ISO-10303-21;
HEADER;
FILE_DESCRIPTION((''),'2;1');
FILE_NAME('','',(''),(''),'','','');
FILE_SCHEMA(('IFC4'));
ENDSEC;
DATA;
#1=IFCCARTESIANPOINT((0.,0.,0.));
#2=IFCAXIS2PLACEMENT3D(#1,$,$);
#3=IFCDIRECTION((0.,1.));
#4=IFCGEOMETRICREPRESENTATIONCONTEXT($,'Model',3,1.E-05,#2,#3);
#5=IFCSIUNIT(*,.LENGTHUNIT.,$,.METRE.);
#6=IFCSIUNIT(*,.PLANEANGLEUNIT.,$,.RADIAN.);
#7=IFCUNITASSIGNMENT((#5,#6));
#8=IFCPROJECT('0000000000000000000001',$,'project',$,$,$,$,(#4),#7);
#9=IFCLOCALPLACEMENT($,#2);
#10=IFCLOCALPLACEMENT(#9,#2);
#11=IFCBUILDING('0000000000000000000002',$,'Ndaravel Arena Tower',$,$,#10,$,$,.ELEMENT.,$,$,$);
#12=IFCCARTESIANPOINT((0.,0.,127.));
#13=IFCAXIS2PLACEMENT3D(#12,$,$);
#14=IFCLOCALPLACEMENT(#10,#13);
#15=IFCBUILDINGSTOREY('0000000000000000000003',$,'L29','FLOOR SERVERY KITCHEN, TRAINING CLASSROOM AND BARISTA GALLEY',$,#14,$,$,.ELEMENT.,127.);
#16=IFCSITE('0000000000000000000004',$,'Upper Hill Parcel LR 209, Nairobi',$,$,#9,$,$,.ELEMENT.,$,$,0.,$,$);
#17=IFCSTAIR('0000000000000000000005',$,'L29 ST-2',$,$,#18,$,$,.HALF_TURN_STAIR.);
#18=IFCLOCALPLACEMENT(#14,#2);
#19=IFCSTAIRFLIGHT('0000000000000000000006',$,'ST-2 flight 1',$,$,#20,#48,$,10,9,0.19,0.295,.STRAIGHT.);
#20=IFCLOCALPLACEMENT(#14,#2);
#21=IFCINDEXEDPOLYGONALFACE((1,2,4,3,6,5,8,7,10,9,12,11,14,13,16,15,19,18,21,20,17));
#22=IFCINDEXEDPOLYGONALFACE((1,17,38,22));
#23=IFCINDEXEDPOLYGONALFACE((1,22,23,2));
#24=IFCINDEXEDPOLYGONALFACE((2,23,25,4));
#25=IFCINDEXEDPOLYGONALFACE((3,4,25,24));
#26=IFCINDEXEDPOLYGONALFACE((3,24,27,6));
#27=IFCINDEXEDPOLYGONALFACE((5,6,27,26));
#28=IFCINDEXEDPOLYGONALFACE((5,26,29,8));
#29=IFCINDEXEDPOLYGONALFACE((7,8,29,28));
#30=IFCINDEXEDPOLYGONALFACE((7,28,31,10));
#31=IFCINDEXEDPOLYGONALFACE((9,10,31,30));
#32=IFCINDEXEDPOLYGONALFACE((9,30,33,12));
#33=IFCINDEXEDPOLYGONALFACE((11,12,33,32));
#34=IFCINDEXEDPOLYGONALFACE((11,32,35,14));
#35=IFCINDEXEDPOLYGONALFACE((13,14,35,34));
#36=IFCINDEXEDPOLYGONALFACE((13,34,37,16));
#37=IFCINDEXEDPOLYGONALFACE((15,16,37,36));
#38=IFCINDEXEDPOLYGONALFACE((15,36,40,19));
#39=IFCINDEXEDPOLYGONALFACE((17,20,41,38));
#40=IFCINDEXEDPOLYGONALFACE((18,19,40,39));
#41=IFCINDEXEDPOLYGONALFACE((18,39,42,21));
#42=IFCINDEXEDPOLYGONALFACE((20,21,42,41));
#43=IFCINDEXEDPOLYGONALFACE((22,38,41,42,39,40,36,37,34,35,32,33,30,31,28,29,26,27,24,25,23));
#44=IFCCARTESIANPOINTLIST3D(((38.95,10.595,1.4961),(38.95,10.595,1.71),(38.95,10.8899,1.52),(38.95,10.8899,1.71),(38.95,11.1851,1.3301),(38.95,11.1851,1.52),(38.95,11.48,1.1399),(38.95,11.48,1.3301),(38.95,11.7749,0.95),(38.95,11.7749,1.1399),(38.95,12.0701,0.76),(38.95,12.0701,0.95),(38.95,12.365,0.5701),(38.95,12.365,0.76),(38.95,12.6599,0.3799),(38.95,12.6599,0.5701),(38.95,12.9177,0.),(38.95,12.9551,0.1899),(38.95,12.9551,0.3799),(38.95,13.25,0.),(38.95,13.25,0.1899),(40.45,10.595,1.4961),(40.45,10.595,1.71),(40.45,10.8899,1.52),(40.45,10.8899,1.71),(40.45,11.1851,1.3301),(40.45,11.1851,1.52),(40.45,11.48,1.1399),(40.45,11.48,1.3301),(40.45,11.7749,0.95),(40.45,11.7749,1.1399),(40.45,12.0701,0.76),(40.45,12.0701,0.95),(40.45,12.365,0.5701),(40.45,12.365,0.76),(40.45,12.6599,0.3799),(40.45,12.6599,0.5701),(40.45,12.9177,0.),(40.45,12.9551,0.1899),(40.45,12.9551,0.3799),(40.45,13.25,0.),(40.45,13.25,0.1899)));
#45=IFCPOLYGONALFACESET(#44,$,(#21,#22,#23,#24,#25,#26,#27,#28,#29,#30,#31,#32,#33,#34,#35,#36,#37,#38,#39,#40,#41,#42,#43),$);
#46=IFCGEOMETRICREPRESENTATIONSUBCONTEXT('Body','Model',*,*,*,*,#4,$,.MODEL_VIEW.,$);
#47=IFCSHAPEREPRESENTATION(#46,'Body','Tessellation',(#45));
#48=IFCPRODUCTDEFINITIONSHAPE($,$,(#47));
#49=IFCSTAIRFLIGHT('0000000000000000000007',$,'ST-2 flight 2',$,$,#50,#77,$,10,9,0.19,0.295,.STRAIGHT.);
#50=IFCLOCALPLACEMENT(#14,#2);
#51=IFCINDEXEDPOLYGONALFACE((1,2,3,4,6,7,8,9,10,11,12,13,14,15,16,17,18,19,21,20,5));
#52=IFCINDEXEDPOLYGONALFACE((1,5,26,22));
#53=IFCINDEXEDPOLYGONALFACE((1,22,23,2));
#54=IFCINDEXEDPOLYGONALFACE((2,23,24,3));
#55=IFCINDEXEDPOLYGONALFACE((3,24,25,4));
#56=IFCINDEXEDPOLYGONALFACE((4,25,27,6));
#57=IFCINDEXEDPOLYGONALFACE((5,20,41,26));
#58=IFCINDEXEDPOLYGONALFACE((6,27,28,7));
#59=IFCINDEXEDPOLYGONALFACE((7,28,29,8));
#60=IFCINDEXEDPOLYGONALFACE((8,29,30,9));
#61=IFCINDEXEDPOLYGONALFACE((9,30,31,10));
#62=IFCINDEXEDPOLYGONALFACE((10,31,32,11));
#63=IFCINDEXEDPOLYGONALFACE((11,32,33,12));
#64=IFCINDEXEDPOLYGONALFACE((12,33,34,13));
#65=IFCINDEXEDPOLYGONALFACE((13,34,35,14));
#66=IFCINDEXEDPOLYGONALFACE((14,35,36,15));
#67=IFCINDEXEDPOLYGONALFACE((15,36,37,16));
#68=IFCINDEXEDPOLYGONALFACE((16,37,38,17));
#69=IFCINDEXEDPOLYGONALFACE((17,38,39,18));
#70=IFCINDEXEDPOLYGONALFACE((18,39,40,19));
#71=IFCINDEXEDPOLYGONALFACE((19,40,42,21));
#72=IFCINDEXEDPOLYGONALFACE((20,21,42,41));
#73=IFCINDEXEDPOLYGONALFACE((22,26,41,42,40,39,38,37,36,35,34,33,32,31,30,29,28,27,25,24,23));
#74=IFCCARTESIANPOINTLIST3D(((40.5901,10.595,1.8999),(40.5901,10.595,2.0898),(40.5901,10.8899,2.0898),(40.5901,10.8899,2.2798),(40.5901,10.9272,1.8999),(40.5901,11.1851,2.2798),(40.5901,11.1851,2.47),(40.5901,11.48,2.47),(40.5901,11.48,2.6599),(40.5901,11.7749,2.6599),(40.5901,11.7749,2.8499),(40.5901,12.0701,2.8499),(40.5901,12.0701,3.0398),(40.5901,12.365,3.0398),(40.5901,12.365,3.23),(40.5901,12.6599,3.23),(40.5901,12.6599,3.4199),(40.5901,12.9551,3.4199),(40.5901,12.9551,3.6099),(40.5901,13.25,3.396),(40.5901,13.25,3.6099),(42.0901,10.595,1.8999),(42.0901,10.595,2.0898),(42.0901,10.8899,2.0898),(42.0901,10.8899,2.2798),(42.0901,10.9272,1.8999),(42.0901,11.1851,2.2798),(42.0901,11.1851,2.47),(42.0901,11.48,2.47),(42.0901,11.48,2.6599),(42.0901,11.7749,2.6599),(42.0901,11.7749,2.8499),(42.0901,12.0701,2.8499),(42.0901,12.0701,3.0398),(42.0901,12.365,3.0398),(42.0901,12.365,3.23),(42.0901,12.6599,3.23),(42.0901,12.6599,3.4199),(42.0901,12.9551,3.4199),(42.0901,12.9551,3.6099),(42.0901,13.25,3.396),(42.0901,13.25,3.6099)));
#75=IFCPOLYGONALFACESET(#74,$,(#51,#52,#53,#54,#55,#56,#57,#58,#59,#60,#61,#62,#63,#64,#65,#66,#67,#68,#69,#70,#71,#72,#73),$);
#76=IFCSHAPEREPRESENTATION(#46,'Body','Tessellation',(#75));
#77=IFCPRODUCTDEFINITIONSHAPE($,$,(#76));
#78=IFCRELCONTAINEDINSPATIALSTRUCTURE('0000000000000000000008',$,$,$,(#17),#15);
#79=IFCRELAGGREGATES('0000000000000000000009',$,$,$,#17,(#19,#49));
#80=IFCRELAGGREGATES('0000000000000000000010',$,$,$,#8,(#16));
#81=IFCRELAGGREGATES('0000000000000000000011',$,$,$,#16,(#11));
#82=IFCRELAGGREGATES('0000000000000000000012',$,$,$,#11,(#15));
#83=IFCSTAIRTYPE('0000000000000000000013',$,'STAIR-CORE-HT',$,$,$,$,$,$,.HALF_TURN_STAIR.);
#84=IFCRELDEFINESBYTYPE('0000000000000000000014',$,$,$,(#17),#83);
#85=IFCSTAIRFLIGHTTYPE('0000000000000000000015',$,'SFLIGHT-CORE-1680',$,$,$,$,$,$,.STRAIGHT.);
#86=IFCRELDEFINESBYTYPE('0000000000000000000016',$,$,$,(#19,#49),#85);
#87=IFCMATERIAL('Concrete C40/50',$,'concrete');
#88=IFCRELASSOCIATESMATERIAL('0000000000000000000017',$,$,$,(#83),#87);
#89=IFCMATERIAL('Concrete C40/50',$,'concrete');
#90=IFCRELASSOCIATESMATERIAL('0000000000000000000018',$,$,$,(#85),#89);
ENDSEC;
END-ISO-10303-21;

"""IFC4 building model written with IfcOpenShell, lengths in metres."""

from ifc_helpers import new_model, si_unit, direction, frame, origin, place, context, subcontext, project, spatial, polyline, outline, extrude, material, type_object, element, aggregate, save


model = new_model("IFC4")

# Units and contexts
model_context = context("Model", 3, precision=1e-05, world=origin(), true_north=direction((0.0, 1.0)))
body_context = subcontext(model_context, "Body", "Model", "MODEL_VIEW")
ifc_project = project(units=[si_unit("LENGTHUNIT", "METRE"), si_unit("PLANEANGLEUNIT", "RADIAN")], contexts=[model_context])

# Site, building, storey
site_placement = place(None, origin())
site = spatial("IfcSite", under=ifc_project, at=site_placement, Name="Upper Hill Parcel LR 209, Nairobi", CompositionType="ELEMENT", RefElevation=0.0)
building_placement = place(site_placement, origin())
building = spatial("IfcBuilding", under=site, at=building_placement, Name="Ndaravel Arena Tower", CompositionType="ELEMENT")
storey_placement = place(building_placement, frame((0.0, 0.0, 127.0)))
storey = spatial("IfcBuildingStorey", under=building, at=storey_placement, Name="L29", Description="FLOOR SERVERY KITCHEN, TRAINING CLASSROOM AND BARISTA GALLEY", CompositionType="ELEMENT", Elevation=127.0)

# Stair, stair flights
ifc_material_1 = material(Name="Concrete C40/50", Category="concrete")
stair_type = type_object("IfcStairType", Name="STAIR-CORE-HT", PredefinedType="HALF_TURN_STAIR", material=ifc_material_1)
stair_placement = place(storey_placement, origin())
stair = element("IfcStair", 1, at=stair_placement, inside=storey, type_object=stair_type, Name="L29 ST-2", PredefinedType="HALF_TURN_STAIR")
ifc_material_2 = material(Name="Concrete C40/50", Category="concrete")
stair_flight_type = type_object("IfcStairFlightType", Name="SFLIGHT-CORE-1680", PredefinedType="STRAIGHT", material=ifc_material_2)
stair_flight_1_placement = place(storey_placement, frame((39.7, 13.25, 0.0), z_axis=(0.0, 0.0, 1.0), x_axis=(0.0, -1.0, 0.0)))
stair_flight_1 = element("IfcStairFlight", 2, at=stair_flight_1_placement, type_object=stair_flight_type, Name="ST-2 flight 1", NumberOfRisers=10, NumberOfTreads=9, PredefinedType="STRAIGHT", RiserHeight=0.19, TreadLength=0.295, context=body_context, shape_type="SweptSolid", body=[
    extrude(outline(polyline([(0.0, 0.0), (0.0, 0.1899), (0.2949, 0.1899), (0.2949, 0.3799), (0.5901, 0.3799), (0.5901, 0.5701), (0.885, 0.5701), (0.885, 0.76), (1.1799, 0.76), (1.1799, 0.95), (1.4751, 0.95), (1.4751, 1.1399), (1.77, 1.1399), (1.77, 1.3301), (2.0649, 1.3301), (2.0649, 1.52), (2.3601, 1.52), (2.3601, 1.71), (2.655, 1.71), (2.655, 1.8999), (2.655, 1.4961), (0.3323, 0.0), (0.0, 0.0)])), frame((0.0, 0.75, 0.0), z_axis=(0.0, -1.0, 0.0), x_axis=(1.0, 0.0, 0.0)), (0.0, 0.0, 1.0), 1.5),
])
stair_flight_2_placement = place(storey_placement, frame((41.3401, 10.595, 1.8999), z_axis=(0.0, 0.0, 1.0), x_axis=(0.0, 1.0, 0.0)))
stair_flight_2 = element("IfcStairFlight", 3, at=stair_flight_2_placement, type_object=stair_flight_type, Name="ST-2 flight 2", NumberOfRisers=10, NumberOfTreads=9, PredefinedType="STRAIGHT", RiserHeight=0.19, TreadLength=0.295, context=body_context, shape_type="SweptSolid", body=[
    extrude(outline(polyline([(0.0, 0.0), (0.0, 0.1899), (0.2949, 0.1899), (0.2949, 0.3799), (0.5901, 0.3799), (0.5901, 0.5701), (0.885, 0.5701), (0.885, 0.76), (1.1799, 0.76), (1.1799, 0.95), (1.4751, 0.95), (1.4751, 1.1399), (1.77, 1.1399), (1.77, 1.3301), (2.0649, 1.3301), (2.0649, 1.52), (2.3601, 1.52), (2.3601, 1.71), (2.655, 1.71), (2.655, 1.8999), (2.655, 1.4961), (0.3323, 0.0), (0.0, 0.0)])), frame((0.0, 0.75, 0.0), z_axis=(0.0, -1.0, 0.0), x_axis=(1.0, 0.0, 0.0)), (0.0, 0.0, 1.0), 1.5),
])
aggregate(stair, [stair_flight_1, stair_flight_2])

save(model, "model.ifc")
